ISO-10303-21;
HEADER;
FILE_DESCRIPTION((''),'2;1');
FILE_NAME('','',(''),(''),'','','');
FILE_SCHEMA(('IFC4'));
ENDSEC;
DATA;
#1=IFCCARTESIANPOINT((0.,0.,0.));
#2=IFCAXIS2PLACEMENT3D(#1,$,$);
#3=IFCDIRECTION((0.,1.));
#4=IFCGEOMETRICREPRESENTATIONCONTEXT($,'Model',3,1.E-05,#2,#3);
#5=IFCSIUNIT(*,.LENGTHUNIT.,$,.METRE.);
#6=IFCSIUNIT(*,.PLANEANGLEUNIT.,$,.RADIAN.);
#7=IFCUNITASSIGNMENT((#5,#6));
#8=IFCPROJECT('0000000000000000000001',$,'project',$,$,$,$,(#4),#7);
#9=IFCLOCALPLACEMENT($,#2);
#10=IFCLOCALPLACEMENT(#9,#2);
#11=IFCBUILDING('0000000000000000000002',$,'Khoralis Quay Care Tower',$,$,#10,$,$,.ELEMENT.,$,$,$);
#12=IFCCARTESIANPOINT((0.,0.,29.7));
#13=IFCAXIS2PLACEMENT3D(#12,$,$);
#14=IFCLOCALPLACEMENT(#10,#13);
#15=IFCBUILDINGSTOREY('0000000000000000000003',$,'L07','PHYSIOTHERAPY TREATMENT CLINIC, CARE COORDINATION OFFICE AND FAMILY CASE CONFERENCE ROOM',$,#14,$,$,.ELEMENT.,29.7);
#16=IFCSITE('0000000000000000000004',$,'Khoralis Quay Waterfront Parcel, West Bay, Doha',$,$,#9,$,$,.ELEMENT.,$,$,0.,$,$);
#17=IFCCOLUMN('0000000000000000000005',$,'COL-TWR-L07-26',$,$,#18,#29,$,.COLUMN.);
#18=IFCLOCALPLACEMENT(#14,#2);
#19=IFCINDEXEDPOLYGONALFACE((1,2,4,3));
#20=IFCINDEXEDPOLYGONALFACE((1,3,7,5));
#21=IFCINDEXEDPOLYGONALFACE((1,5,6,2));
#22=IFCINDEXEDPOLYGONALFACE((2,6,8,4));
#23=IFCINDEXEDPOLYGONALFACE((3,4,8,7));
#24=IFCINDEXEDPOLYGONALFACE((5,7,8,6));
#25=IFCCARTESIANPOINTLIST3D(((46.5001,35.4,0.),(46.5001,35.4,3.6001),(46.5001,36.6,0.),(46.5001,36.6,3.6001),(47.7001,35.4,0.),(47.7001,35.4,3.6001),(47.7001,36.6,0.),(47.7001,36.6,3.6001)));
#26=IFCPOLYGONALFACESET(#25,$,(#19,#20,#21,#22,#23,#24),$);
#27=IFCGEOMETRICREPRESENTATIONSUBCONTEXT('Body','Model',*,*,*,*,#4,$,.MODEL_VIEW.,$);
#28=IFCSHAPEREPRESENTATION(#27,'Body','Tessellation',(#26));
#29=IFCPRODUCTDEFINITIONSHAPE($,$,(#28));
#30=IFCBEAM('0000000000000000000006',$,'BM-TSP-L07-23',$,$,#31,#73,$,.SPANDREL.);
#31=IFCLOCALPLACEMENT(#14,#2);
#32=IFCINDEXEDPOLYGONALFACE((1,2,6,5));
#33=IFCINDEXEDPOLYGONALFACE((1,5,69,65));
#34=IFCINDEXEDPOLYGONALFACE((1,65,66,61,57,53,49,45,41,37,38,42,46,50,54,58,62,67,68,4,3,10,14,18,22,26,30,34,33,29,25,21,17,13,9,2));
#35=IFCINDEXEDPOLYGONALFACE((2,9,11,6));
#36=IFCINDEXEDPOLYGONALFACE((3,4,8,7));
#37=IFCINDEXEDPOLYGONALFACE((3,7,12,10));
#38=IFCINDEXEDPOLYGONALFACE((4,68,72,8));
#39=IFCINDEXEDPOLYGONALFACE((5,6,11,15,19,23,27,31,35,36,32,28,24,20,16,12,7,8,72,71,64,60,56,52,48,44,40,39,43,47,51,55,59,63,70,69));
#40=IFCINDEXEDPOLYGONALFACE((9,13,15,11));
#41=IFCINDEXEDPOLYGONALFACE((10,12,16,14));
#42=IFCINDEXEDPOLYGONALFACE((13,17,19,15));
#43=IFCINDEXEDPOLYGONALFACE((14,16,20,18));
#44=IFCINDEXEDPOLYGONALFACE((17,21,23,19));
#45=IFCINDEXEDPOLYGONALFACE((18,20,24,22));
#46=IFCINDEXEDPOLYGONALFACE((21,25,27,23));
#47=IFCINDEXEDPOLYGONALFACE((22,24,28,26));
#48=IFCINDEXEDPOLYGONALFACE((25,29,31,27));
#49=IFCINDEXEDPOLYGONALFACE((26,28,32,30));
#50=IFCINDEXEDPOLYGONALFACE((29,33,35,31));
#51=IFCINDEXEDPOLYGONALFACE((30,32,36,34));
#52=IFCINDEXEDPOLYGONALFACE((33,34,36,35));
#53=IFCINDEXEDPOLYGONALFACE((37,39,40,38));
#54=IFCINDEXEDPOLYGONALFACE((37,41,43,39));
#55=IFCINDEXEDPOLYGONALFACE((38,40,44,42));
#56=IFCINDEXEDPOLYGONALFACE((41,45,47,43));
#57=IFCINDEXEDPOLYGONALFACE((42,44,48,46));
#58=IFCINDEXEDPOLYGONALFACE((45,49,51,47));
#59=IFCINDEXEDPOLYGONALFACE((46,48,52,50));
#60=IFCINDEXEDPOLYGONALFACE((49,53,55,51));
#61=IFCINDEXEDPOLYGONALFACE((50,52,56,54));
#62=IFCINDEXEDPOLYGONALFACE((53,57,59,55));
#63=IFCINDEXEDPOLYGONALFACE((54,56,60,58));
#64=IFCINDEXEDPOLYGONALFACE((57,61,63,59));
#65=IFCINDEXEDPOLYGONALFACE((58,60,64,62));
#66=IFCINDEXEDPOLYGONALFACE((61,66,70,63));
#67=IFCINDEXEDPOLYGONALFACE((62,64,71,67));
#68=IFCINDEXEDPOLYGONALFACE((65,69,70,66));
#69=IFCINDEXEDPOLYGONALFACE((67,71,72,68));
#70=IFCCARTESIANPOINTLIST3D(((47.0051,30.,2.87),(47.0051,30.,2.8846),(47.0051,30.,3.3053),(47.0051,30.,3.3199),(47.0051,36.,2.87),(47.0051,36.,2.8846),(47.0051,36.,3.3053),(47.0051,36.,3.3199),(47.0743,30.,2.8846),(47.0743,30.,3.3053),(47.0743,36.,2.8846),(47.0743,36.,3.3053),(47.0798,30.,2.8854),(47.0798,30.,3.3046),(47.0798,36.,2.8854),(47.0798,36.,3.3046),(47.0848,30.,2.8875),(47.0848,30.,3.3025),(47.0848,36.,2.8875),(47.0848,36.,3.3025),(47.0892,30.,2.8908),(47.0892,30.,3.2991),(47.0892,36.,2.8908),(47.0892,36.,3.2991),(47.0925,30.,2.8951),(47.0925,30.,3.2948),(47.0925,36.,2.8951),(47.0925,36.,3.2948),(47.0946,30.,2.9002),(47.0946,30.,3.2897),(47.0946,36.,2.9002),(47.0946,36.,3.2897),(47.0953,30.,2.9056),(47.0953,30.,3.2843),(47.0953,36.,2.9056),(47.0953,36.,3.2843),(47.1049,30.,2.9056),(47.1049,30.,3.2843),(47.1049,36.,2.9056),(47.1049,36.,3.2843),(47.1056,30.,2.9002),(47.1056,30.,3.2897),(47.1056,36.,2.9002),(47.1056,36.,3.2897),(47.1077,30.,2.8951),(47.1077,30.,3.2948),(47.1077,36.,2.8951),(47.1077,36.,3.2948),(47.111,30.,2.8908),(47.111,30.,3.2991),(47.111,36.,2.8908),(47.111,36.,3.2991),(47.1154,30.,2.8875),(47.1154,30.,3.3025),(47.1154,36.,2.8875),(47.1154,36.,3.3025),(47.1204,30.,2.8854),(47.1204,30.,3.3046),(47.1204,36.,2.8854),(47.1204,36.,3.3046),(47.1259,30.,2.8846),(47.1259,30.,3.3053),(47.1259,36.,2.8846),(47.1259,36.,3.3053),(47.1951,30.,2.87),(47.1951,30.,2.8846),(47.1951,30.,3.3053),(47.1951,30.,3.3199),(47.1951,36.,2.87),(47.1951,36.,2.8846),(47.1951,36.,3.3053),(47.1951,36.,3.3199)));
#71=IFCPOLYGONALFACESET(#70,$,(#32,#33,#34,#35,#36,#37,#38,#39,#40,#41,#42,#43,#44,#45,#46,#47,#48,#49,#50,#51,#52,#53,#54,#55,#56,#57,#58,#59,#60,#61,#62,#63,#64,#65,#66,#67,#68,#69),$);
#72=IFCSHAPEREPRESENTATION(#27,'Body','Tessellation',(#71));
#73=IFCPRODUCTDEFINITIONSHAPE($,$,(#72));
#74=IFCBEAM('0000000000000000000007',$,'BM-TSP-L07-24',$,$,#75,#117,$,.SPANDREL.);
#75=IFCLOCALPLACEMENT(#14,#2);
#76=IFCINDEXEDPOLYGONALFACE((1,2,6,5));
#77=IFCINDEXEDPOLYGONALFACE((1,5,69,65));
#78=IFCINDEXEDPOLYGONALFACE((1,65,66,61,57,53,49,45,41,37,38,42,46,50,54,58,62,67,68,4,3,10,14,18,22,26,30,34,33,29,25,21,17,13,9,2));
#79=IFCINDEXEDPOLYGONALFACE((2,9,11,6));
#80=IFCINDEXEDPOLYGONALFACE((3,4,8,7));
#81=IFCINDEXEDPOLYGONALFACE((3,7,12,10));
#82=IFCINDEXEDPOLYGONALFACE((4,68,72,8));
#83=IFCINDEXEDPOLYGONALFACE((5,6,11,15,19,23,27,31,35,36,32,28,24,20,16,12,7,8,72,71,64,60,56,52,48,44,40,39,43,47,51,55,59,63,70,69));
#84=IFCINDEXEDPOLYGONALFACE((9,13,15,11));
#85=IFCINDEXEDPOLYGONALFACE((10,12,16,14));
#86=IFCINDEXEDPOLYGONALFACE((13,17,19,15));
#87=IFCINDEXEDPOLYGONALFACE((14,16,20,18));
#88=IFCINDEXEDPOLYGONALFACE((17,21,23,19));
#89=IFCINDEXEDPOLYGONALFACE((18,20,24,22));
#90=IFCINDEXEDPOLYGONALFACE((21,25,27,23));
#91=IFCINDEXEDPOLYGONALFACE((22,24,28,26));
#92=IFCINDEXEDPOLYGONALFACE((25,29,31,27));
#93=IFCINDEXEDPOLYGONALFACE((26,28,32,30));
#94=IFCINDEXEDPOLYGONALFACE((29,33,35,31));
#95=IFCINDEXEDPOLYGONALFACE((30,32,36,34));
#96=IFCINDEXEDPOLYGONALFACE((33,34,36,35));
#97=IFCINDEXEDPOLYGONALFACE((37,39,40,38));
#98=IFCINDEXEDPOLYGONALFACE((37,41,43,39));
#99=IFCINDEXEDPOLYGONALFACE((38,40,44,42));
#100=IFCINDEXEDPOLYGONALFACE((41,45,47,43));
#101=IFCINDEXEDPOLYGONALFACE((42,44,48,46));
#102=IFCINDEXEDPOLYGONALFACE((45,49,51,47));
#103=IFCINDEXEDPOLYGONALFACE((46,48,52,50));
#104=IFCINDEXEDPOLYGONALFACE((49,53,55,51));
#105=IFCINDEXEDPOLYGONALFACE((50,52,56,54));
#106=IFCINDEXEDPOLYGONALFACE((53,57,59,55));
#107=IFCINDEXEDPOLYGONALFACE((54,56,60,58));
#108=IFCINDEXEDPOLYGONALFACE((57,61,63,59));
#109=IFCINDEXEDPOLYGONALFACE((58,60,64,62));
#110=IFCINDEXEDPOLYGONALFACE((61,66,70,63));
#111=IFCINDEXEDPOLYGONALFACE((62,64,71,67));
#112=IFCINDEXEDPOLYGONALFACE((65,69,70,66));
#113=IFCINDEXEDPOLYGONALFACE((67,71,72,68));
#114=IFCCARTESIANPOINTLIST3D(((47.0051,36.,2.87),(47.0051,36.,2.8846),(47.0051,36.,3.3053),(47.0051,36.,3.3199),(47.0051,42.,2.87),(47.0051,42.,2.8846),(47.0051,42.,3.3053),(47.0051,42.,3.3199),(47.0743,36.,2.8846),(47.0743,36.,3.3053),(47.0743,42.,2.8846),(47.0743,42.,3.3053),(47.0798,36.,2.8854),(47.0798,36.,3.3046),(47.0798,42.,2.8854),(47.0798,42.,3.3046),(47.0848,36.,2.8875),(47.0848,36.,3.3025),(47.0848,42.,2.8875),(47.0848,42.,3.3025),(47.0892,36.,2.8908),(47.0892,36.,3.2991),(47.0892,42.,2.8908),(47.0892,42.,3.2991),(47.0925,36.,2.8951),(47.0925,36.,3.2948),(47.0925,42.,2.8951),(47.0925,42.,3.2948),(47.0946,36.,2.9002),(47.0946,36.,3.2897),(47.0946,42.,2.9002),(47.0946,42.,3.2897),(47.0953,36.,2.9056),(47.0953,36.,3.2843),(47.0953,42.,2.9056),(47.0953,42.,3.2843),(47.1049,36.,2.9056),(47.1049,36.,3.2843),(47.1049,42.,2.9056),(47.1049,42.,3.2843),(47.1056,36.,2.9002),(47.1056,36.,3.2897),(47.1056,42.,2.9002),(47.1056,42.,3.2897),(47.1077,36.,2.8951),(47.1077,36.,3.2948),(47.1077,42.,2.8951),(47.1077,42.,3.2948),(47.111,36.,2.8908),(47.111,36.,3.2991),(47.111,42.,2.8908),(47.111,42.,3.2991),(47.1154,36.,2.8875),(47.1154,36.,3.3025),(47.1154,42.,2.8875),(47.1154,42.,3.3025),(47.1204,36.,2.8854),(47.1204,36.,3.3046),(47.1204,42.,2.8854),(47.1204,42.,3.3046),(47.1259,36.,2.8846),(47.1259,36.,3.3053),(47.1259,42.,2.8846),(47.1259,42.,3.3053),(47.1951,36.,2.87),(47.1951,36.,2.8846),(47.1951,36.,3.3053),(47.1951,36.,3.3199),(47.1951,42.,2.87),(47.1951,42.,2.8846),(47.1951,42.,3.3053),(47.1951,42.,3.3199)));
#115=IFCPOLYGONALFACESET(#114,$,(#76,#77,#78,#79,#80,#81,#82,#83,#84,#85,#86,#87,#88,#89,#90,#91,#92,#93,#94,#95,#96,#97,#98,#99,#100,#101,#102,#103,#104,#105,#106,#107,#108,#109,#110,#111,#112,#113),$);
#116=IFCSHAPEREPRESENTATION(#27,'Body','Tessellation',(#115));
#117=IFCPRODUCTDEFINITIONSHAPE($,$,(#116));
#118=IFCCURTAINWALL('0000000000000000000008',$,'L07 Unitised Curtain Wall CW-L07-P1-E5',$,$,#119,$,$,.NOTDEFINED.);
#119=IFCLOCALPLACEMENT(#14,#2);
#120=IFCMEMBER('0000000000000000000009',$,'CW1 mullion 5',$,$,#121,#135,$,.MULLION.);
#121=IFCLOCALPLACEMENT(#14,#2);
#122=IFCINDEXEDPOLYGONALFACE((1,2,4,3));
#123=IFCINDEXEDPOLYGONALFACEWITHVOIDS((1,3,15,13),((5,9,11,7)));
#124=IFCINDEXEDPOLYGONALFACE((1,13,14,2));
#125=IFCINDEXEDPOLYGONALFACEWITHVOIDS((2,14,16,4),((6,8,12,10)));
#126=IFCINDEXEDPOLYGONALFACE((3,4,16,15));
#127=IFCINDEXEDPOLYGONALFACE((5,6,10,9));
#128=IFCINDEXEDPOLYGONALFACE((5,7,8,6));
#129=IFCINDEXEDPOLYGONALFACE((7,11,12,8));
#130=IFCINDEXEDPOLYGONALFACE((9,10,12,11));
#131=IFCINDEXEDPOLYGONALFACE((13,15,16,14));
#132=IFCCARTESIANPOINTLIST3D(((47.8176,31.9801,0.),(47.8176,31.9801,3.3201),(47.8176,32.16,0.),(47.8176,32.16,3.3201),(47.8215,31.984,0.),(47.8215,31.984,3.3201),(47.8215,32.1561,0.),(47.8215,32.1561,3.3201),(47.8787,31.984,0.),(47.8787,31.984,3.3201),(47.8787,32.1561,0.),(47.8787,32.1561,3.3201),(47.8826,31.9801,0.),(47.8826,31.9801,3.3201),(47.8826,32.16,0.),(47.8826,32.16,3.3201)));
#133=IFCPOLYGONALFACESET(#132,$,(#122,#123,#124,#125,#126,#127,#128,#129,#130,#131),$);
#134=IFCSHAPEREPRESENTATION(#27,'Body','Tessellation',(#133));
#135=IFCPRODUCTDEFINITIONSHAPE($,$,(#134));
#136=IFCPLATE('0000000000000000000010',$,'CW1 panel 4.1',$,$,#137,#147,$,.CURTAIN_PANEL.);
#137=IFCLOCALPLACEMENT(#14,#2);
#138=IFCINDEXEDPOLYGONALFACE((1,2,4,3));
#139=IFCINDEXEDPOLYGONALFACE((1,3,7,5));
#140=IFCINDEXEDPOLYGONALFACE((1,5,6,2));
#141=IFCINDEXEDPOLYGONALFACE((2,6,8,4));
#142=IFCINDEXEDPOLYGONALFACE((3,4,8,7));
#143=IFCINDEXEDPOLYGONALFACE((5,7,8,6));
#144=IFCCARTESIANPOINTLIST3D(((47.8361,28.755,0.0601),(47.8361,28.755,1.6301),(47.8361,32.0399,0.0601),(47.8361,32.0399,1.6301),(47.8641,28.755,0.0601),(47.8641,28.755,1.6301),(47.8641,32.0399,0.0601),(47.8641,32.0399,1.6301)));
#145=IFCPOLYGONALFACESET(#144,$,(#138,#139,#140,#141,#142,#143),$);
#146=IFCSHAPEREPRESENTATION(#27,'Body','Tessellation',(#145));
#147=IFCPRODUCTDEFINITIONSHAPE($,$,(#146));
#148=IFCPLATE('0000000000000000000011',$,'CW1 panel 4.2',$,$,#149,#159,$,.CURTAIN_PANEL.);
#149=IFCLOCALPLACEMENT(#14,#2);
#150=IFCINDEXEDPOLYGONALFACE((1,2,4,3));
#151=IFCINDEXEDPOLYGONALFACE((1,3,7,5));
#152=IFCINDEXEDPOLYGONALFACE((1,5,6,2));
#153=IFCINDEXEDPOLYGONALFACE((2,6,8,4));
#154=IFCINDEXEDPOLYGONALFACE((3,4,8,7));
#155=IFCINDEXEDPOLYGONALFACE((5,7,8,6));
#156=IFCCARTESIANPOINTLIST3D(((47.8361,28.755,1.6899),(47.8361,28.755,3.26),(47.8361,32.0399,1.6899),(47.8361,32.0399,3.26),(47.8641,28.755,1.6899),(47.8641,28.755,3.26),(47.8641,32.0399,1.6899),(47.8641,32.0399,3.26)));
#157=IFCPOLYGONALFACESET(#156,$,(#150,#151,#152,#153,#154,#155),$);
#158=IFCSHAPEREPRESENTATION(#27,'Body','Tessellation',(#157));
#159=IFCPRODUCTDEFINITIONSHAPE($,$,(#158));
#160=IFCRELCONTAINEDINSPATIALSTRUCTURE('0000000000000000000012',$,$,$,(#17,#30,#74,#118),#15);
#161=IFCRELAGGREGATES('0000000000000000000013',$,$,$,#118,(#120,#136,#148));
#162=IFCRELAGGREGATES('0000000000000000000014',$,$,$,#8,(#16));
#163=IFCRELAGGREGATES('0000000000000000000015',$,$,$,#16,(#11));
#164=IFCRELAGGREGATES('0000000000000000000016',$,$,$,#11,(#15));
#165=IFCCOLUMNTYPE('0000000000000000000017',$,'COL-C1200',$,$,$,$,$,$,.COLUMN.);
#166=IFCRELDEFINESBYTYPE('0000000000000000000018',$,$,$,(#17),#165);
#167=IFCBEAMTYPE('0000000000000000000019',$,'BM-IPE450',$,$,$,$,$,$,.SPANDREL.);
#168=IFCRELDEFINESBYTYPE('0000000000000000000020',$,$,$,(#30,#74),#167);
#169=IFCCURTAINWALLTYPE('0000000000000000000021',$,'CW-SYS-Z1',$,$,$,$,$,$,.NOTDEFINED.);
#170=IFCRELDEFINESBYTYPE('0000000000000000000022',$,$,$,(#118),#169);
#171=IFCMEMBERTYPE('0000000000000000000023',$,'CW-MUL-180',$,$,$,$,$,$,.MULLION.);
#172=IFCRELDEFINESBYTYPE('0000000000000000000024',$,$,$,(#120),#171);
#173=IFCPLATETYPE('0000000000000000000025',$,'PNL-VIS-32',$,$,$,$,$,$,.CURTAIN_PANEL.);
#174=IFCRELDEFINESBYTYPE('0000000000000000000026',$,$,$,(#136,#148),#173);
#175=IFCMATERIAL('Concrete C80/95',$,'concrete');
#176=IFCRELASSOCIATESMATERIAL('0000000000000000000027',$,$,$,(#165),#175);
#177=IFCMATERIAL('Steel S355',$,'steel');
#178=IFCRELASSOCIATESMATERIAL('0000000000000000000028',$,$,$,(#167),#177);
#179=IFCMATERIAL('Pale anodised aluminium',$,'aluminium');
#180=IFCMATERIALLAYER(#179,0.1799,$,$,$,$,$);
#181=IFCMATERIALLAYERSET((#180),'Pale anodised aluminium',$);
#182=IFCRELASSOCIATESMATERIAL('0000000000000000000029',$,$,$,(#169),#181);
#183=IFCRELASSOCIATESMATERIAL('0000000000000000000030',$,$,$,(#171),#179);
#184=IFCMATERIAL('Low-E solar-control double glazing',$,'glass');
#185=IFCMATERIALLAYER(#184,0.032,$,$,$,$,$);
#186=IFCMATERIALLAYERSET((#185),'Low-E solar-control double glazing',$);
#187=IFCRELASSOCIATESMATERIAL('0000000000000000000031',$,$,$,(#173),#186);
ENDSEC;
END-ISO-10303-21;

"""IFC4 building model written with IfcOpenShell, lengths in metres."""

from ifc_helpers import new_model, si_unit, direction, frame, origin, origin_2d, place, context, subcontext, project, spatial, rectangle, hollow_rectangle, i_section, extrude, source, transform, mapped, material, layer, layer_set, material_profile, profile_set, type_object, element, aggregate, save


model = new_model("IFC4")

# Units and contexts
model_context = context("Model", 3, precision=1e-05, world=origin(), true_north=direction((0.0, 1.0)))
body_context = subcontext(model_context, "Body", "Model", "MODEL_VIEW")
ifc_project = project(units=[si_unit("LENGTHUNIT", "METRE"), si_unit("PLANEANGLEUNIT", "RADIAN")], contexts=[model_context])

# Site, building, storey
site_placement = place(None, origin())
site = spatial("IfcSite", under=ifc_project, at=site_placement, Name="Khoralis Quay Waterfront Parcel, West Bay, Doha", CompositionType="ELEMENT", RefElevation=0.0)
building_placement = place(site_placement, origin())
building = spatial("IfcBuilding", under=site, at=building_placement, Name="Khoralis Quay Care Tower", CompositionType="ELEMENT")
storey_placement = place(building_placement, frame((0.0, 0.0, 29.7)))
storey = spatial("IfcBuildingStorey", under=building, at=storey_placement, Name="L07", Description="PHYSIOTHERAPY TREATMENT CLINIC, CARE COORDINATION OFFICE AND FAMILY CASE CONFERENCE ROOM", CompositionType="ELEMENT", Elevation=29.7)

# Column
ifc_material_1 = material(Name="Concrete C80/95", Category="concrete")
ifc_material_profile_1 = material_profile(ifc_material_1, rectangle(XDim=1.2, YDim=1.2, at=origin_2d()), Name="Concrete C80/95")
ifc_profile_set_1 = profile_set([ifc_material_profile_1], Name="Concrete C80/95")
column_type = type_object("IfcColumnType", Name="COL-C1200", PredefinedType="COLUMN", material=ifc_profile_set_1)
shared_shape_1 = source(origin(), body_context, "Body", "SweptSolid", [
    extrude(rectangle(XDim=1.2, YDim=1.2, at=origin_2d()), origin(), (0.0, 0.0, 1.0), 3.6001),
])
column_placement = place(storey_placement, frame((47.1001, 36.0, 0.0), z_axis=(0.0, 0.0, 1.0), x_axis=(1.0, 0.0, 0.0)))
element("IfcColumn", 1, at=column_placement, inside=storey, type_object=column_type, Name="COL-TWR-L07-26", PredefinedType="COLUMN", context=body_context, shape_type="MappedRepresentation", body=[
    mapped(shared_shape_1, transform((0.0, 0.0, 0.0), scale=1.0)),
])

# Beams
ifc_material_2 = material(Name="Steel S355", Category="steel")
ifc_material_profile_2 = material_profile(ifc_material_2, i_section(OverallWidth=0.1899, OverallDepth=0.45, WebThickness=0.0095, FlangeThickness=0.0146, FilletRadius=0.021, at=origin_2d()), Name="Steel S355")
ifc_profile_set_2 = profile_set([ifc_material_profile_2], Name="Steel S355")
beam_type = type_object("IfcBeamType", Name="BM-IPE450", PredefinedType="SPANDREL", material=ifc_profile_set_2)
shared_shape_2 = source(origin(), body_context, "Body", "SweptSolid", [
    extrude(i_section(OverallWidth=0.1899, OverallDepth=0.45, WebThickness=0.0095, FlangeThickness=0.0146, FilletRadius=0.021, at=origin_2d()), origin(), (0.0, 0.0, 1.0), 6.0),
])
for number, where, z_axis, x_axis, name in (
    (2, (47.1001, 30.0, 3.095), (0.0, 1.0, 0.0), (-1.0, 0.0, 0.0), "BM-TSP-L07-23"),
    (3, (47.1001, 36.0, 3.095), (0.0, 1.0, 0.0), (-1.0, 0.0, 0.0), "BM-TSP-L07-24"),
):
    element("IfcBeam", number, at=place(storey_placement, frame(where, z_axis=z_axis, x_axis=x_axis)), inside=storey, type_object=beam_type, Name=name, PredefinedType="SPANDREL", context=body_context, shape_type="MappedRepresentation", body=[
        mapped(shared_shape_2, transform((0.0, 0.0, 0.0), scale=1.0)),
    ])

# Curtain wall, member, plates
ifc_material_3 = material(Name="Pale anodised aluminium", Category="aluminium")
ifc_layer_1 = layer(ifc_material_3, 0.1799)
ifc_layer_set_1 = layer_set([ifc_layer_1], Name="Pale anodised aluminium")
curtain_wall_type = type_object("IfcCurtainWallType", Name="CW-SYS-Z1", PredefinedType="NOTDEFINED", material=ifc_layer_set_1)
curtain_wall_placement = place(storey_placement, origin())
curtain_wall = element("IfcCurtainWall", 4, at=curtain_wall_placement, inside=storey, type_object=curtain_wall_type, Name="L07 Unitised Curtain Wall CW-L07-P1-E5", PredefinedType="NOTDEFINED")
ifc_material_profile_3 = material_profile(ifc_material_3, hollow_rectangle(XDim=0.0649, YDim=0.1799, WallThickness=0.0039, at=origin_2d()), Name="Pale anodised aluminium")
ifc_profile_set_3 = profile_set([ifc_material_profile_3], Name="Pale anodised aluminium")
member_type = type_object("IfcMemberType", Name="CW-MUL-180", PredefinedType="MULLION", material=ifc_profile_set_3)
shared_shape_3 = source(origin(), body_context, "Body", "SweptSolid", [
    extrude(hollow_rectangle(XDim=0.0649, YDim=0.1799, WallThickness=0.0039, at=origin_2d()), origin(), (0.0, 0.0, 1.0), 3.3201),
])
member_placement = place(storey_placement, frame((47.8501, 32.0701, 0.0), z_axis=(0.0, 0.0, 1.0), x_axis=(-1.0, 0.0, 0.0)))
member = element("IfcMember", 5, at=member_placement, type_object=member_type, Name="CW1 mullion 5", PredefinedType="MULLION", context=body_context, shape_type="MappedRepresentation", body=[
    mapped(shared_shape_3, transform((0.0, 0.0, 0.0), scale=1.0)),
])
ifc_material_4 = material(Name="Low-E solar-control double glazing", Category="glass")
ifc_layer_2 = layer(ifc_material_4, 0.032)
ifc_layer_set_2 = layer_set([ifc_layer_2], Name="Low-E solar-control double glazing")
plate_type = type_object("IfcPlateType", Name="PNL-VIS-32", PredefinedType="CURTAIN_PANEL", material=ifc_layer_set_2)
shared_shape_4 = source(origin(), body_context, "Body", "SweptSolid", [
    extrude(rectangle(XDim=3.2849, YDim=0.0281, at=origin_2d()), origin(), (0.0, 0.0, 1.0), 1.5701),
])
plate_1_placement = place(storey_placement, frame((47.8501, 30.3975, 0.0601), z_axis=(0.0, 0.0, 1.0), x_axis=(0.0, 1.0, 0.0)))
plate_1 = element("IfcPlate", 6, at=plate_1_placement, type_object=plate_type, Name="CW1 panel 4.1", PredefinedType="CURTAIN_PANEL", context=body_context, shape_type="MappedRepresentation", body=[
    mapped(shared_shape_4, transform((0.0, 0.0, 0.0), scale=1.0)),
])
plate_2_placement = place(storey_placement, frame((47.8501, 30.3975, 1.6899), z_axis=(0.0, 0.0, 1.0), x_axis=(0.0, 1.0, 0.0)))
plate_2 = element("IfcPlate", 7, at=plate_2_placement, type_object=plate_type, Name="CW1 panel 4.2", PredefinedType="CURTAIN_PANEL", context=body_context, shape_type="MappedRepresentation", body=[
    mapped(shared_shape_4, transform((0.0, 0.0, 0.0), scale=1.0)),
])
aggregate(curtain_wall, [member, plate_1, plate_2])

save(model, "model.ifc")
